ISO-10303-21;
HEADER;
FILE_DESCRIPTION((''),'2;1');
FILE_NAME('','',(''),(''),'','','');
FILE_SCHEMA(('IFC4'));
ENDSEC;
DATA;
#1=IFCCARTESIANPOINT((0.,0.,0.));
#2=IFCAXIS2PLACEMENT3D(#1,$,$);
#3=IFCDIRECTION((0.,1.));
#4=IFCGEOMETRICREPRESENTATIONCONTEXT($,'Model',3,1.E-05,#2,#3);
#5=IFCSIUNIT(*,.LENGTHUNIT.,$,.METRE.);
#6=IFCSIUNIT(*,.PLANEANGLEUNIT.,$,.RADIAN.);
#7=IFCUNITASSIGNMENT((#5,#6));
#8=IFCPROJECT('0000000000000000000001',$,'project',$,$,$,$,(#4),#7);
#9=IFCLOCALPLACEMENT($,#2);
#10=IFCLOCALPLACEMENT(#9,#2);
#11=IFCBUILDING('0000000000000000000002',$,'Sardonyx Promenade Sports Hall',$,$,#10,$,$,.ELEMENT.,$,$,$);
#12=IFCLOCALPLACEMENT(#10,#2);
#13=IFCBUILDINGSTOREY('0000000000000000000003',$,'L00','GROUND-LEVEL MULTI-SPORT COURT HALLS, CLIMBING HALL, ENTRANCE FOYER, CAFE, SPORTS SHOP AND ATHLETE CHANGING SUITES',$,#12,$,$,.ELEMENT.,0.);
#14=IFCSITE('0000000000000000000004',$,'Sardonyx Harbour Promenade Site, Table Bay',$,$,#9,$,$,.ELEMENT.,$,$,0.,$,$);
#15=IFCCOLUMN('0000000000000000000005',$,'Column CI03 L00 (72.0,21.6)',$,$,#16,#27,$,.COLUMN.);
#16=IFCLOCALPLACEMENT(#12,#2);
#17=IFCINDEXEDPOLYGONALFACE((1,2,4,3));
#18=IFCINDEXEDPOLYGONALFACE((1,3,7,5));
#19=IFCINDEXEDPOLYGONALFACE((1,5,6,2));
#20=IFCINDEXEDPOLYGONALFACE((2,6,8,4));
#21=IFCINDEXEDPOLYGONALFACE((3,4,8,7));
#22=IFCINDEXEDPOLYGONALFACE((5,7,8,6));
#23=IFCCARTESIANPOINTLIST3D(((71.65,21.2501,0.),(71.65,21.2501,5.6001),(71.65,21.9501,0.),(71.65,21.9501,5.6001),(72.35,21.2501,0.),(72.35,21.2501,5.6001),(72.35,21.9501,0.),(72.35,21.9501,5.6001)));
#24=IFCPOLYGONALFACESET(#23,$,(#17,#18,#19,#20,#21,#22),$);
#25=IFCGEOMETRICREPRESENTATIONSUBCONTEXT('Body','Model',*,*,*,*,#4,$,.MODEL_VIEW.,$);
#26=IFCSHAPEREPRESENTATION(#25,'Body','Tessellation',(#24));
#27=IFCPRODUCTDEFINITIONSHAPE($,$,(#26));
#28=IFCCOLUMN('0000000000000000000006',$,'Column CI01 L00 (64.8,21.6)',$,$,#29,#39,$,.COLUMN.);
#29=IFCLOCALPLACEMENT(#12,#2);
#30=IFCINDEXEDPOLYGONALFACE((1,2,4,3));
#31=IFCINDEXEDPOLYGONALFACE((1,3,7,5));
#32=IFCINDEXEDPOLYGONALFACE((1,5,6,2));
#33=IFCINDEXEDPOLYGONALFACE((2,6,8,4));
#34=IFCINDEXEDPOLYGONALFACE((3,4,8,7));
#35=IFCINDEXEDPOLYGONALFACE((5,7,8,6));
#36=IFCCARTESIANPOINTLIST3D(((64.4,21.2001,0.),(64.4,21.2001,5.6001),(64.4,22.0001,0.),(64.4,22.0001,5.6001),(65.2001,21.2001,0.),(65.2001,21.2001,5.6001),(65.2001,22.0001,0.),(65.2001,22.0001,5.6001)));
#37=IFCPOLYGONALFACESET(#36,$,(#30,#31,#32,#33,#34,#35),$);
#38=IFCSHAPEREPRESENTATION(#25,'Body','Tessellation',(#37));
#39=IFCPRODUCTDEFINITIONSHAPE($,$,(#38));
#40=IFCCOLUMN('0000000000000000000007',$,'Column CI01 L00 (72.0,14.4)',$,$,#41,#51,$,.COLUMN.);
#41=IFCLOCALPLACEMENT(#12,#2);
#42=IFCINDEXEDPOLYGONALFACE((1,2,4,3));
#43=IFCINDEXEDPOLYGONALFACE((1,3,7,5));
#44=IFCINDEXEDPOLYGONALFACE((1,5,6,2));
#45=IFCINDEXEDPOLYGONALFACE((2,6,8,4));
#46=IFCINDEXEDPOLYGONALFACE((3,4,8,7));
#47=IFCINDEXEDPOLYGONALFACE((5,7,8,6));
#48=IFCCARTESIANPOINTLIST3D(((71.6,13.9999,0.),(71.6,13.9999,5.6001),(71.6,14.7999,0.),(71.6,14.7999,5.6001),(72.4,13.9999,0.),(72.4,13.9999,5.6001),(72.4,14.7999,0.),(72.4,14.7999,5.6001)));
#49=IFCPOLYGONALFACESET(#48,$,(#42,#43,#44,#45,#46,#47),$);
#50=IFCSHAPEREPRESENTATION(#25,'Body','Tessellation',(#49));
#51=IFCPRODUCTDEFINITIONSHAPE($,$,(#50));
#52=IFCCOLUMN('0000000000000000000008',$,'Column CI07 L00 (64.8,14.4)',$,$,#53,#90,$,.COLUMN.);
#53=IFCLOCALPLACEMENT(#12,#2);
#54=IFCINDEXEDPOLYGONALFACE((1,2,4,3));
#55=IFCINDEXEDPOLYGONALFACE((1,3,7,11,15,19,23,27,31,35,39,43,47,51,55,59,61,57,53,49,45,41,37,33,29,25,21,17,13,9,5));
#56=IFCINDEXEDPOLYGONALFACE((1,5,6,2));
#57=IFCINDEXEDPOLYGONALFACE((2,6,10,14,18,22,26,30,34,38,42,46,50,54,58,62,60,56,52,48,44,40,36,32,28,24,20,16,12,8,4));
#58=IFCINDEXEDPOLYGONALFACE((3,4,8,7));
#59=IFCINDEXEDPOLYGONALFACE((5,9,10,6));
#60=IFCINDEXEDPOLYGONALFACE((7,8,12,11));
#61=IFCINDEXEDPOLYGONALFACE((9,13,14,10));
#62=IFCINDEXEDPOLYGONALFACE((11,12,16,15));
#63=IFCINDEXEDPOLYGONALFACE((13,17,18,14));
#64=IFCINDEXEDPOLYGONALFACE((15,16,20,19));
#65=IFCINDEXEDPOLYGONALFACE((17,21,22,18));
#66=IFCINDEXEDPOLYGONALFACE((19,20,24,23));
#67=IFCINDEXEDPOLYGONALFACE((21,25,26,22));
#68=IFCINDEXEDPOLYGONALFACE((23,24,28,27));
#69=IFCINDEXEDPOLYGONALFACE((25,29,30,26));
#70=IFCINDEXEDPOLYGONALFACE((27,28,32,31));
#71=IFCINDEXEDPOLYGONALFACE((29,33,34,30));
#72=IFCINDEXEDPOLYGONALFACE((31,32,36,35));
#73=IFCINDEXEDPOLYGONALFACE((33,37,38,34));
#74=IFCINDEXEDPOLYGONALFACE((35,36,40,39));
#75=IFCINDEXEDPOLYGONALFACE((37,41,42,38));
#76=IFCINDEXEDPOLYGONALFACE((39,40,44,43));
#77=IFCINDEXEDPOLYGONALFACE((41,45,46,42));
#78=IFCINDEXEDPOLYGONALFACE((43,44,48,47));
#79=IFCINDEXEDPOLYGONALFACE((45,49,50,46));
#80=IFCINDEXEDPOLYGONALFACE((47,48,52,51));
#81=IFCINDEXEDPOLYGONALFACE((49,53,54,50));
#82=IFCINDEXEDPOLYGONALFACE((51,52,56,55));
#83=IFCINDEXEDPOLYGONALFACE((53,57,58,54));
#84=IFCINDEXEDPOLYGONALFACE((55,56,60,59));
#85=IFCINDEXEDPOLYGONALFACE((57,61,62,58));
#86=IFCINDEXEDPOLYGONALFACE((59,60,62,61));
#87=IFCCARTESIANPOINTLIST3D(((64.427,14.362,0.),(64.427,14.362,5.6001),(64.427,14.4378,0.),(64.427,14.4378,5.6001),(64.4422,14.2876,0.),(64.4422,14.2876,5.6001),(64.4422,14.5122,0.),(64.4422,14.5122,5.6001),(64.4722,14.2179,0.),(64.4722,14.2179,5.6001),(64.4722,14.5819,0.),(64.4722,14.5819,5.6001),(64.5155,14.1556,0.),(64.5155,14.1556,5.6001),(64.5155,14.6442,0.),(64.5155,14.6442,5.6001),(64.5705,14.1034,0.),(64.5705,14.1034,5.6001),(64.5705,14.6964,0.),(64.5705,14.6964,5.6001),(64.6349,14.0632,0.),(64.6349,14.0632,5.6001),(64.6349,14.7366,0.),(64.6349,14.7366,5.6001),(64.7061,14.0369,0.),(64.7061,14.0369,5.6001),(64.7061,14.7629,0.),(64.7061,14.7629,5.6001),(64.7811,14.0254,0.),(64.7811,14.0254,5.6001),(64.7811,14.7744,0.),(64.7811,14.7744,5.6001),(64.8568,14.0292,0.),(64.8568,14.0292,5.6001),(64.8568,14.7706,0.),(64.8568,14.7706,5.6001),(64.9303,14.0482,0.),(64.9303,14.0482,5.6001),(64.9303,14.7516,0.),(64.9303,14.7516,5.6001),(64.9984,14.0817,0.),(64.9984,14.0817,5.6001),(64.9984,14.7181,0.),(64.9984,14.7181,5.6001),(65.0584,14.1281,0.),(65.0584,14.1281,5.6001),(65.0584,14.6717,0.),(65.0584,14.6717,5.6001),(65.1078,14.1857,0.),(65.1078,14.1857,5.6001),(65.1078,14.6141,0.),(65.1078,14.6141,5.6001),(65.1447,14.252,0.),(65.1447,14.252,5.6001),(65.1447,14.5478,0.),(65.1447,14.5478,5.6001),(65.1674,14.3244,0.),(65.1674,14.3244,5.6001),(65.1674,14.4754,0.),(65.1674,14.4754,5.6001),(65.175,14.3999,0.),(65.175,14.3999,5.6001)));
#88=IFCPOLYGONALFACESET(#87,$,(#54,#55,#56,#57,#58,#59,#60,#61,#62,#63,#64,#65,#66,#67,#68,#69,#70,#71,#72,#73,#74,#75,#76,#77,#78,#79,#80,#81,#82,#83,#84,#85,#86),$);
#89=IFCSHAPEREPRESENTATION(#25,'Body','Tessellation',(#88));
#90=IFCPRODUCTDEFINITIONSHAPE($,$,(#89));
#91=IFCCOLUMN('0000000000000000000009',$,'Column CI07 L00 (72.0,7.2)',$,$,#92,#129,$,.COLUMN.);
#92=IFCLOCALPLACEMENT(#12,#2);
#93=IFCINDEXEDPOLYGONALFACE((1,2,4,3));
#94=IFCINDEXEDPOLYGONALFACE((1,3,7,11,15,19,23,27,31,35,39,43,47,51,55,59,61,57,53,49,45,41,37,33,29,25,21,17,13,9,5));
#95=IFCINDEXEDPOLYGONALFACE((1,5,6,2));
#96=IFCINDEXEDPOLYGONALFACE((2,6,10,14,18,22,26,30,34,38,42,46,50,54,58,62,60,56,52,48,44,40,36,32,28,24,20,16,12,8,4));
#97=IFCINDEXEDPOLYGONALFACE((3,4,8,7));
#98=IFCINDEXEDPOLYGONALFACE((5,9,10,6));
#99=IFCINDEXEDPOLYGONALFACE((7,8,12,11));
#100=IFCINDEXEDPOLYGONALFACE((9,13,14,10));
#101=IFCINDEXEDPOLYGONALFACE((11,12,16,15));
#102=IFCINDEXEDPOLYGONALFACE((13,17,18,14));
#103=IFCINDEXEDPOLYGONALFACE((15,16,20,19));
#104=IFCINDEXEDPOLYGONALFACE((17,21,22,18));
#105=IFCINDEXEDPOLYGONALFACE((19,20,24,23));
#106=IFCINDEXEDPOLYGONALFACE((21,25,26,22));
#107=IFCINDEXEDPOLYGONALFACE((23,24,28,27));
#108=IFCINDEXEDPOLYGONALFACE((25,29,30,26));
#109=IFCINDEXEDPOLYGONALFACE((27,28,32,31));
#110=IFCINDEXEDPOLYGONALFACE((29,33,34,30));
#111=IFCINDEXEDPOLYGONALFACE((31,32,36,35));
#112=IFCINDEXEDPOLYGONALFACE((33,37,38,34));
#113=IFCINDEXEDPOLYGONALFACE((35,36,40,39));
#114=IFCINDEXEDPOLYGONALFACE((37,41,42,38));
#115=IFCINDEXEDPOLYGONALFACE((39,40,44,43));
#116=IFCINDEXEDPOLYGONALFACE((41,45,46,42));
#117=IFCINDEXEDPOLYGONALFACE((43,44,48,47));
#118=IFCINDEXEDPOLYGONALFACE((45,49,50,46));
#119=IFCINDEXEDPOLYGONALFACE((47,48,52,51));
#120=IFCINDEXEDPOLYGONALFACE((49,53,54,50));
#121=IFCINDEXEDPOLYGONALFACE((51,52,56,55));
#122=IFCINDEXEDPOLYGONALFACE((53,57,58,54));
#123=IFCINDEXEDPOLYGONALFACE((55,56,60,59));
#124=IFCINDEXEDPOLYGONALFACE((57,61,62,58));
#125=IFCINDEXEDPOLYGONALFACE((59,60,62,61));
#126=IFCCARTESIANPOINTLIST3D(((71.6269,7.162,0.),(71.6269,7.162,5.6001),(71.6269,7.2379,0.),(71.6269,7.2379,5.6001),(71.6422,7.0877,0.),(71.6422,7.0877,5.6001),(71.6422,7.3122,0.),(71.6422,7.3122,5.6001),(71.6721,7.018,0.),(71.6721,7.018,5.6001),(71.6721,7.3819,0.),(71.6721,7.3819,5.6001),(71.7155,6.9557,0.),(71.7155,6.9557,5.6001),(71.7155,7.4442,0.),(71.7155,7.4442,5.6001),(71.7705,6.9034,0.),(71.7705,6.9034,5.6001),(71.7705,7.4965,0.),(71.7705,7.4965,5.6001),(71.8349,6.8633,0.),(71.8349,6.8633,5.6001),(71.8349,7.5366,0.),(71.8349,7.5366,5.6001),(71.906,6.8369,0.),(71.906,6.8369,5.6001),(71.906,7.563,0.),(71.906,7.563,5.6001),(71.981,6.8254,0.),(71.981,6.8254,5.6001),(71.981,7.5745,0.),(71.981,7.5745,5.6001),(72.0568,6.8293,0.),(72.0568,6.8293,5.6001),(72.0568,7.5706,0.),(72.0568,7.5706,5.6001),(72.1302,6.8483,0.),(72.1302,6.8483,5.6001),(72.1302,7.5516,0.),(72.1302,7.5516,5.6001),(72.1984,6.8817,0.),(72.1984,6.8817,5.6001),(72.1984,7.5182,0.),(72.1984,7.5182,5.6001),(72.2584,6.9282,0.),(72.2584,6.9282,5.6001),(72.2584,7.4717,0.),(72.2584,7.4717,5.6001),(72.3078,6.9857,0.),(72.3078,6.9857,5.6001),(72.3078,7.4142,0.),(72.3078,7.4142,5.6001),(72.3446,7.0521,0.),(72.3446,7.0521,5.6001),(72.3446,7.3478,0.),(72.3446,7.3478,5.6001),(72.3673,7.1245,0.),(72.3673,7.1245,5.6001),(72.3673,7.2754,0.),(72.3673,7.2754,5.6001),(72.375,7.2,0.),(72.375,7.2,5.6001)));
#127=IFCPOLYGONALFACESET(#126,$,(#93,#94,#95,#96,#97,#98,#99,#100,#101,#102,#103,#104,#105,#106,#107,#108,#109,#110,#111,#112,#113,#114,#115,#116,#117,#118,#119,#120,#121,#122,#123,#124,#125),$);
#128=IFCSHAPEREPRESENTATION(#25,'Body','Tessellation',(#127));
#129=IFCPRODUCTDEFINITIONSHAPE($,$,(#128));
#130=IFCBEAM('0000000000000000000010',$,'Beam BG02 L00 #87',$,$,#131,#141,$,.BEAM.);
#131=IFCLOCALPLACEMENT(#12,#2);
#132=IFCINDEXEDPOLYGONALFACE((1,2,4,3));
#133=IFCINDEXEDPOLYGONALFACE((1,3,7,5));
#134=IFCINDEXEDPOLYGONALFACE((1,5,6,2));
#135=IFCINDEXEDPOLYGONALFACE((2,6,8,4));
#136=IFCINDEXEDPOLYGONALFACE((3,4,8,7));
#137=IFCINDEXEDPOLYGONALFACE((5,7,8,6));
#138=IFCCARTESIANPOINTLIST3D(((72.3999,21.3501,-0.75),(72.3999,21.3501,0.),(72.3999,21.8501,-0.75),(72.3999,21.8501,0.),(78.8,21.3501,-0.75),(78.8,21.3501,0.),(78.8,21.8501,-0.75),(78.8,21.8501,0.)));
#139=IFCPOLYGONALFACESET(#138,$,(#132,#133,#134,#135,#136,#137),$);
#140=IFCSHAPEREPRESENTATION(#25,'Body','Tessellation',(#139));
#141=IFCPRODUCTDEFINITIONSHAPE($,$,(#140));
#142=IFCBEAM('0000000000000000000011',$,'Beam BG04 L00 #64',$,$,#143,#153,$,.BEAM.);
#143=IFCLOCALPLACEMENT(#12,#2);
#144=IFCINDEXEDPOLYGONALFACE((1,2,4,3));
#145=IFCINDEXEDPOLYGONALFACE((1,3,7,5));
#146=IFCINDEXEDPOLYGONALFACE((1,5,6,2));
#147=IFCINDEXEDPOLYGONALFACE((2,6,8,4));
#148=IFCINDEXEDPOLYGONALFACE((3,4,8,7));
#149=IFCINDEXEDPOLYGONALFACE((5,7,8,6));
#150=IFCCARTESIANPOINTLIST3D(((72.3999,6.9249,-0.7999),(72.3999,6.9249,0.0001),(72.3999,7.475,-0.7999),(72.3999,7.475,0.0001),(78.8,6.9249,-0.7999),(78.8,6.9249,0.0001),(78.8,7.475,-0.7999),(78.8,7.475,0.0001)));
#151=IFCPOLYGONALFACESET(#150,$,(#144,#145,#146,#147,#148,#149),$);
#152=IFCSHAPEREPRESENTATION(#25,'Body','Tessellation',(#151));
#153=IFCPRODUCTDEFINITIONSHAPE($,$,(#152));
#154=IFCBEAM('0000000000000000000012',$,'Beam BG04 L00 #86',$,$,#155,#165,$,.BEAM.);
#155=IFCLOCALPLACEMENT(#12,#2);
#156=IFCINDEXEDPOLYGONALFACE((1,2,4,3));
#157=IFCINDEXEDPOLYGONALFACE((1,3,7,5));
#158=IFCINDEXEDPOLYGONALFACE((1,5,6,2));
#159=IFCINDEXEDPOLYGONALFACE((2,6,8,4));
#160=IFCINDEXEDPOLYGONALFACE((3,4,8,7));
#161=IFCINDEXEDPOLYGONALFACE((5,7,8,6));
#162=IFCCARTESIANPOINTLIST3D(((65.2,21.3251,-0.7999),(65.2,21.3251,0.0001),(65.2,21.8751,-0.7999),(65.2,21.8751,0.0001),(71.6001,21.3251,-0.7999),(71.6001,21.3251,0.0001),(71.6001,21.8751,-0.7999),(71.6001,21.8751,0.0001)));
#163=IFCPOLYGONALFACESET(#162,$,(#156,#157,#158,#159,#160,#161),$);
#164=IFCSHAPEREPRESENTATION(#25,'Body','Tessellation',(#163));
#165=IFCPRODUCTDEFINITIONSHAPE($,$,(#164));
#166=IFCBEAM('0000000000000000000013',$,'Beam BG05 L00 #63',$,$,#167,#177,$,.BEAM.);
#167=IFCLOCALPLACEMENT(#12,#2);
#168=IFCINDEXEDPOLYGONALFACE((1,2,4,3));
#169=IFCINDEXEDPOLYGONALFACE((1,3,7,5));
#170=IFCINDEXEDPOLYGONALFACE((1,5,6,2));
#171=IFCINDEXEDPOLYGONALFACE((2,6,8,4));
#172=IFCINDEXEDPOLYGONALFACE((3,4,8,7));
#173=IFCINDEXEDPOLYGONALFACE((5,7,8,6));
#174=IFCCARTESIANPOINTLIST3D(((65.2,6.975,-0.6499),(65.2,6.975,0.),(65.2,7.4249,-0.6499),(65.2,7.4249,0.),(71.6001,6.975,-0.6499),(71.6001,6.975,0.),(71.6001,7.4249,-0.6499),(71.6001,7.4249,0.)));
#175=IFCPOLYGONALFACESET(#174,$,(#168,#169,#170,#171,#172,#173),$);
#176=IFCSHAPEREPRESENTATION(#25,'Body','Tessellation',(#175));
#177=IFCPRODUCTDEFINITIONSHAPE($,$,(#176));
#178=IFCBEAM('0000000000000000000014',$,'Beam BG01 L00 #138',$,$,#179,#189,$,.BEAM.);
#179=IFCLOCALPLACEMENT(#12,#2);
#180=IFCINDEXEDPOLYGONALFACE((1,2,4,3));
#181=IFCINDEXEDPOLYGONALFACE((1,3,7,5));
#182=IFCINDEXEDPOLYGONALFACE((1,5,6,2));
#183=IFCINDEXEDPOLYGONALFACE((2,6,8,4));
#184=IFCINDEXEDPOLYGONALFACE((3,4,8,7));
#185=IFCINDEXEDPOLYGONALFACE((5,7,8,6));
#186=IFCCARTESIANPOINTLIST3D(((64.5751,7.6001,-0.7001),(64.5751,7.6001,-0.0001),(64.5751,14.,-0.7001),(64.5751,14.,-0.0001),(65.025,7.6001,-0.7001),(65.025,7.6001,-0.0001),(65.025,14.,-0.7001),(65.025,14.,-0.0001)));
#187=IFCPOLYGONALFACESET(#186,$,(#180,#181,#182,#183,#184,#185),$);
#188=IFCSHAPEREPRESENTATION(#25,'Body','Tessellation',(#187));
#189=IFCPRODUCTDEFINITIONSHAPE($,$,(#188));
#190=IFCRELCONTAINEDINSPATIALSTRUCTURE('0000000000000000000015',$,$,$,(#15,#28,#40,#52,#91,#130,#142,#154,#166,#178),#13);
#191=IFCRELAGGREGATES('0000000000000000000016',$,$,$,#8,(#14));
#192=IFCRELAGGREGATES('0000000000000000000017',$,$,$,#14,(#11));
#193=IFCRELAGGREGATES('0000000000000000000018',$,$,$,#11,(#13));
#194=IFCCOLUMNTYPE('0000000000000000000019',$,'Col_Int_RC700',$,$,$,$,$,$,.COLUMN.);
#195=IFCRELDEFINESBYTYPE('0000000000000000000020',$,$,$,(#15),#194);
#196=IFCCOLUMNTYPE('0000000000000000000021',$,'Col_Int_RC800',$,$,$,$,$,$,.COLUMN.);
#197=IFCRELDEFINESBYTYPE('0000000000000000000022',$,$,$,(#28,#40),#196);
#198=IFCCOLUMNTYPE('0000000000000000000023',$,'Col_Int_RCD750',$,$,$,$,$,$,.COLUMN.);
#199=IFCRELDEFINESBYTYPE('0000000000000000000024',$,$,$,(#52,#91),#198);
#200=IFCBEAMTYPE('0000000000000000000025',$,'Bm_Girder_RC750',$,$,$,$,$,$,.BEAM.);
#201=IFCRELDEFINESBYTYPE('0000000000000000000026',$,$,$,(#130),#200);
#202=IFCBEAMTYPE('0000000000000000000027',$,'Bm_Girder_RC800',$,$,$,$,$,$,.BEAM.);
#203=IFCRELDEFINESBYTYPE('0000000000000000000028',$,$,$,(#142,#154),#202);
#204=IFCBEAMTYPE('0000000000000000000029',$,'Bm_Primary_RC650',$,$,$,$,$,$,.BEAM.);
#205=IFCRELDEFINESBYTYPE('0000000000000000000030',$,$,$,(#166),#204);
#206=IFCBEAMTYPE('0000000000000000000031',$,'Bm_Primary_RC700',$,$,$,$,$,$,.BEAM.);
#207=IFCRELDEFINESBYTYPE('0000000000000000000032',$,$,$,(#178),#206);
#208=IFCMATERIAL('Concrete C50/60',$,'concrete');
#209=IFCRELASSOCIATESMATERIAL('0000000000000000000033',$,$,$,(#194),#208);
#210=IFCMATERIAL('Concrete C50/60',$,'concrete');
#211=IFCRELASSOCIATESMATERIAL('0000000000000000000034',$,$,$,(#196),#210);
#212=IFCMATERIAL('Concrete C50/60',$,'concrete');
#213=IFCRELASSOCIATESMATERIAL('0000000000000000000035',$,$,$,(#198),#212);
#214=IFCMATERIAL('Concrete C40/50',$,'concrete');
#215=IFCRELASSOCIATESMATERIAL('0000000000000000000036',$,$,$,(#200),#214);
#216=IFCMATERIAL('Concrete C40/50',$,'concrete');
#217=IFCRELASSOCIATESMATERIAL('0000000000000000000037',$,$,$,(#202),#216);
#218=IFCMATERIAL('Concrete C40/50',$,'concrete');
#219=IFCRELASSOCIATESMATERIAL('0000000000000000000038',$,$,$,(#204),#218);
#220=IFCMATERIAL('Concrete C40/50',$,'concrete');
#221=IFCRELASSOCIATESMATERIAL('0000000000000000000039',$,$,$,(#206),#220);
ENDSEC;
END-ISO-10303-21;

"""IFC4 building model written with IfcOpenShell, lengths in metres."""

from ifc_helpers import new_model, si_unit, direction, frame, origin, origin_2d, place, context, subcontext, project, spatial, rectangle, circle, extrude, material, material_profile, profile_set, type_object, element, save


model = new_model("IFC4")

# Units and contexts
model_context = context("Model", 3, precision=1e-05, world=origin(), true_north=direction((0.0, 1.0)))
body_context = subcontext(model_context, "Body", "Model", "MODEL_VIEW")
ifc_project = project(units=[si_unit("LENGTHUNIT", "METRE"), si_unit("PLANEANGLEUNIT", "RADIAN")], contexts=[model_context])

# Site, building, storey
site_placement = place(None, origin())
site = spatial("IfcSite", under=ifc_project, at=site_placement, Name="Sardonyx Harbour Promenade Site, Table Bay", CompositionType="ELEMENT", RefElevation=0.0)
building_placement = place(site_placement, origin())
building = spatial("IfcBuilding", under=site, at=building_placement, Name="Sardonyx Promenade Sports Hall", CompositionType="ELEMENT")
storey_placement = place(building_placement, origin())
storey = spatial("IfcBuildingStorey", under=building, at=storey_placement, Name="L00", Description="GROUND-LEVEL MULTI-SPORT COURT HALLS, CLIMBING HALL, ENTRANCE FOYER, CAFE, SPORTS SHOP AND ATHLETE CHANGING SUITES", CompositionType="ELEMENT", Elevation=0.0)

# Columns
ifc_material_1 = material(Name="Concrete C50/60", Category="concrete")
ifc_material_profile_1 = material_profile(ifc_material_1, rectangle(XDim=0.7, YDim=0.7, at=origin_2d()))
ifc_profile_set_1 = profile_set([ifc_material_profile_1], Name="Concrete C50/60")
column_type_1 = type_object("IfcColumnType", Name="Col_Int_RC700", PredefinedType="COLUMN", material=ifc_profile_set_1)
column_placement = place(storey_placement, frame((72.0, 21.6001, 0.0), z_axis=(0.0, 0.0, 1.0), x_axis=(1.0, 0.0, 0.0)))
element("IfcColumn", 1, at=column_placement, inside=storey, type_object=column_type_1, Name="Column CI03 L00 (72.0,21.6)", PredefinedType="COLUMN", context=body_context, shape_type="SweptSolid", body=[
    extrude(rectangle(XDim=0.7, YDim=0.7, at=origin_2d()), origin(), (0.0, 0.0, 1.0), 5.6001),
])
ifc_material_2 = material(Name="Concrete C50/60", Category="concrete")
ifc_material_profile_2 = material_profile(ifc_material_2, rectangle(XDim=0.8, YDim=0.8, at=origin_2d()))
ifc_profile_set_2 = profile_set([ifc_material_profile_2], Name="Concrete C50/60")
column_type_2 = type_object("IfcColumnType", Name="Col_Int_RC800", PredefinedType="COLUMN", material=ifc_profile_set_2)
for number, where, z_axis, x_axis, name in (
    (2, (64.8, 21.6001, 0.0), (0.0, 0.0, 1.0), (1.0, 0.0, 0.0), "Column CI01 L00 (64.8,21.6)"),
    (3, (72.0, 14.3999, 0.0), (0.0, 0.0, 1.0), (1.0, 0.0, 0.0), "Column CI01 L00 (72.0,14.4)"),
):
    element("IfcColumn", number, at=place(storey_placement, frame(where, z_axis=z_axis, x_axis=x_axis)), inside=storey, type_object=column_type_2, Name=name, PredefinedType="COLUMN", context=body_context, shape_type="SweptSolid", body=[
        extrude(rectangle(XDim=0.8, YDim=0.8, at=origin_2d()), origin(), (0.0, 0.0, 1.0), 5.6001),
    ])
ifc_material_3 = material(Name="Concrete C50/60", Category="concrete")
ifc_material_profile_3 = material_profile(ifc_material_3, circle(Radius=0.375, at=origin_2d()))
ifc_profile_set_3 = profile_set([ifc_material_profile_3], Name="Concrete C50/60")
column_type_3 = type_object("IfcColumnType", Name="Col_Int_RCD750", PredefinedType="COLUMN", material=ifc_profile_set_3)
for number, where, z_axis, x_axis, name in (
    (4, (64.8, 14.3999, 0.0), (0.0, 0.0, 1.0), (1.0, 0.0, 0.0), "Column CI07 L00 (64.8,14.4)"),
    (5, (72.0, 7.2, 0.0), (0.0, 0.0, 1.0), (1.0, 0.0, 0.0), "Column CI07 L00 (72.0,7.2)"),
):
    element("IfcColumn", number, at=place(storey_placement, frame(where, z_axis=z_axis, x_axis=x_axis)), inside=storey, type_object=column_type_3, Name=name, PredefinedType="COLUMN", context=body_context, shape_type="SweptSolid", body=[
        extrude(circle(Radius=0.375, at=origin_2d()), origin(), (0.0, 0.0, 1.0), 5.6001),
    ])

# Beams
ifc_material_4 = material(Name="Concrete C40/50", Category="concrete")
ifc_material_profile_4 = material_profile(ifc_material_4, rectangle(XDim=0.5, YDim=0.75, at=origin_2d()))
ifc_profile_set_4 = profile_set([ifc_material_profile_4], Name="Concrete C40/50")
beam_type_1 = type_object("IfcBeamType", Name="Bm_Girder_RC750", PredefinedType="BEAM", material=ifc_profile_set_4)
beam_1_placement = place(storey_placement, frame((72.3999, 21.6001, -0.375), z_axis=(1.0, 0.0, 0.0), x_axis=(0.0, 1.0, 0.0)))
element("IfcBeam", 6, at=beam_1_placement, inside=storey, type_object=beam_type_1, Name="Beam BG02 L00 #87", PredefinedType="BEAM", context=body_context, shape_type="SweptSolid", body=[
    extrude(rectangle(XDim=0.5, YDim=0.75, at=origin_2d()), origin(), (0.0, 0.0, 1.0), 6.4001),
])
ifc_material_5 = material(Name="Concrete C40/50", Category="concrete")
ifc_material_profile_5 = material_profile(ifc_material_5, rectangle(XDim=0.55, YDim=0.8, at=origin_2d()))
ifc_profile_set_5 = profile_set([ifc_material_profile_5], Name="Concrete C40/50")
beam_type_2 = type_object("IfcBeamType", Name="Bm_Girder_RC800", PredefinedType="BEAM", material=ifc_profile_set_5)
for number, where, z_axis, x_axis, name in (
    (7, (72.3999, 7.2, -0.3999), (1.0, 0.0, 0.0), (0.0, 1.0, 0.0), "Beam BG04 L00 #64"),
    (8, (65.2, 21.6001, -0.3999), (1.0, 0.0, 0.0), (0.0, 1.0, 0.0), "Beam BG04 L00 #86"),
):
    element("IfcBeam", number, at=place(storey_placement, frame(where, z_axis=z_axis, x_axis=x_axis)), inside=storey, type_object=beam_type_2, Name=name, PredefinedType="BEAM", context=body_context, shape_type="SweptSolid", body=[
        extrude(rectangle(XDim=0.55, YDim=0.8, at=origin_2d()), origin(), (0.0, 0.0, 1.0), 6.4001),
    ])
ifc_material_6 = material(Name="Concrete C40/50", Category="concrete")
ifc_material_profile_6 = material_profile(ifc_material_6, rectangle(XDim=0.45, YDim=0.6499, at=origin_2d()))
ifc_profile_set_6 = profile_set([ifc_material_profile_6], Name="Concrete C40/50")
beam_type_3 = type_object("IfcBeamType", Name="Bm_Primary_RC650", PredefinedType="BEAM", material=ifc_profile_set_6)
beam_2_placement = place(storey_placement, frame((65.2, 7.2, -0.325), z_axis=(1.0, 0.0, 0.0), x_axis=(0.0, 1.0, 0.0)))
element("IfcBeam", 9, at=beam_2_placement, inside=storey, type_object=beam_type_3, Name="Beam BG05 L00 #63", PredefinedType="BEAM", context=body_context, shape_type="SweptSolid", body=[
    extrude(rectangle(XDim=0.45, YDim=0.6499, at=origin_2d()), origin(), (0.0, 0.0, 1.0), 6.4001),
])
ifc_material_7 = material(Name="Concrete C40/50", Category="concrete")
ifc_material_profile_7 = material_profile(ifc_material_7, rectangle(XDim=0.45, YDim=0.7, at=origin_2d()))
ifc_profile_set_7 = profile_set([ifc_material_profile_7], Name="Concrete C40/50")
beam_type_4 = type_object("IfcBeamType", Name="Bm_Primary_RC700", PredefinedType="BEAM", material=ifc_profile_set_7)
for number, where, z_axis, x_axis, name in (
    (10, (64.8, 7.6001, -0.3501), (0.0, 1.0, 0.0), (-1.0, 0.0, 0.0), "Beam BG01 L00 #138"),
):
    element("IfcBeam", number, at=place(storey_placement, frame(where, z_axis=z_axis, x_axis=x_axis)), inside=storey, type_object=beam_type_4, Name=name, PredefinedType="BEAM", context=body_context, shape_type="SweptSolid", body=[
        extrude(rectangle(XDim=0.45, YDim=0.7, at=origin_2d()), origin(), (0.0, 0.0, 1.0), 6.3999),
    ])

save(model, "model.ifc")
